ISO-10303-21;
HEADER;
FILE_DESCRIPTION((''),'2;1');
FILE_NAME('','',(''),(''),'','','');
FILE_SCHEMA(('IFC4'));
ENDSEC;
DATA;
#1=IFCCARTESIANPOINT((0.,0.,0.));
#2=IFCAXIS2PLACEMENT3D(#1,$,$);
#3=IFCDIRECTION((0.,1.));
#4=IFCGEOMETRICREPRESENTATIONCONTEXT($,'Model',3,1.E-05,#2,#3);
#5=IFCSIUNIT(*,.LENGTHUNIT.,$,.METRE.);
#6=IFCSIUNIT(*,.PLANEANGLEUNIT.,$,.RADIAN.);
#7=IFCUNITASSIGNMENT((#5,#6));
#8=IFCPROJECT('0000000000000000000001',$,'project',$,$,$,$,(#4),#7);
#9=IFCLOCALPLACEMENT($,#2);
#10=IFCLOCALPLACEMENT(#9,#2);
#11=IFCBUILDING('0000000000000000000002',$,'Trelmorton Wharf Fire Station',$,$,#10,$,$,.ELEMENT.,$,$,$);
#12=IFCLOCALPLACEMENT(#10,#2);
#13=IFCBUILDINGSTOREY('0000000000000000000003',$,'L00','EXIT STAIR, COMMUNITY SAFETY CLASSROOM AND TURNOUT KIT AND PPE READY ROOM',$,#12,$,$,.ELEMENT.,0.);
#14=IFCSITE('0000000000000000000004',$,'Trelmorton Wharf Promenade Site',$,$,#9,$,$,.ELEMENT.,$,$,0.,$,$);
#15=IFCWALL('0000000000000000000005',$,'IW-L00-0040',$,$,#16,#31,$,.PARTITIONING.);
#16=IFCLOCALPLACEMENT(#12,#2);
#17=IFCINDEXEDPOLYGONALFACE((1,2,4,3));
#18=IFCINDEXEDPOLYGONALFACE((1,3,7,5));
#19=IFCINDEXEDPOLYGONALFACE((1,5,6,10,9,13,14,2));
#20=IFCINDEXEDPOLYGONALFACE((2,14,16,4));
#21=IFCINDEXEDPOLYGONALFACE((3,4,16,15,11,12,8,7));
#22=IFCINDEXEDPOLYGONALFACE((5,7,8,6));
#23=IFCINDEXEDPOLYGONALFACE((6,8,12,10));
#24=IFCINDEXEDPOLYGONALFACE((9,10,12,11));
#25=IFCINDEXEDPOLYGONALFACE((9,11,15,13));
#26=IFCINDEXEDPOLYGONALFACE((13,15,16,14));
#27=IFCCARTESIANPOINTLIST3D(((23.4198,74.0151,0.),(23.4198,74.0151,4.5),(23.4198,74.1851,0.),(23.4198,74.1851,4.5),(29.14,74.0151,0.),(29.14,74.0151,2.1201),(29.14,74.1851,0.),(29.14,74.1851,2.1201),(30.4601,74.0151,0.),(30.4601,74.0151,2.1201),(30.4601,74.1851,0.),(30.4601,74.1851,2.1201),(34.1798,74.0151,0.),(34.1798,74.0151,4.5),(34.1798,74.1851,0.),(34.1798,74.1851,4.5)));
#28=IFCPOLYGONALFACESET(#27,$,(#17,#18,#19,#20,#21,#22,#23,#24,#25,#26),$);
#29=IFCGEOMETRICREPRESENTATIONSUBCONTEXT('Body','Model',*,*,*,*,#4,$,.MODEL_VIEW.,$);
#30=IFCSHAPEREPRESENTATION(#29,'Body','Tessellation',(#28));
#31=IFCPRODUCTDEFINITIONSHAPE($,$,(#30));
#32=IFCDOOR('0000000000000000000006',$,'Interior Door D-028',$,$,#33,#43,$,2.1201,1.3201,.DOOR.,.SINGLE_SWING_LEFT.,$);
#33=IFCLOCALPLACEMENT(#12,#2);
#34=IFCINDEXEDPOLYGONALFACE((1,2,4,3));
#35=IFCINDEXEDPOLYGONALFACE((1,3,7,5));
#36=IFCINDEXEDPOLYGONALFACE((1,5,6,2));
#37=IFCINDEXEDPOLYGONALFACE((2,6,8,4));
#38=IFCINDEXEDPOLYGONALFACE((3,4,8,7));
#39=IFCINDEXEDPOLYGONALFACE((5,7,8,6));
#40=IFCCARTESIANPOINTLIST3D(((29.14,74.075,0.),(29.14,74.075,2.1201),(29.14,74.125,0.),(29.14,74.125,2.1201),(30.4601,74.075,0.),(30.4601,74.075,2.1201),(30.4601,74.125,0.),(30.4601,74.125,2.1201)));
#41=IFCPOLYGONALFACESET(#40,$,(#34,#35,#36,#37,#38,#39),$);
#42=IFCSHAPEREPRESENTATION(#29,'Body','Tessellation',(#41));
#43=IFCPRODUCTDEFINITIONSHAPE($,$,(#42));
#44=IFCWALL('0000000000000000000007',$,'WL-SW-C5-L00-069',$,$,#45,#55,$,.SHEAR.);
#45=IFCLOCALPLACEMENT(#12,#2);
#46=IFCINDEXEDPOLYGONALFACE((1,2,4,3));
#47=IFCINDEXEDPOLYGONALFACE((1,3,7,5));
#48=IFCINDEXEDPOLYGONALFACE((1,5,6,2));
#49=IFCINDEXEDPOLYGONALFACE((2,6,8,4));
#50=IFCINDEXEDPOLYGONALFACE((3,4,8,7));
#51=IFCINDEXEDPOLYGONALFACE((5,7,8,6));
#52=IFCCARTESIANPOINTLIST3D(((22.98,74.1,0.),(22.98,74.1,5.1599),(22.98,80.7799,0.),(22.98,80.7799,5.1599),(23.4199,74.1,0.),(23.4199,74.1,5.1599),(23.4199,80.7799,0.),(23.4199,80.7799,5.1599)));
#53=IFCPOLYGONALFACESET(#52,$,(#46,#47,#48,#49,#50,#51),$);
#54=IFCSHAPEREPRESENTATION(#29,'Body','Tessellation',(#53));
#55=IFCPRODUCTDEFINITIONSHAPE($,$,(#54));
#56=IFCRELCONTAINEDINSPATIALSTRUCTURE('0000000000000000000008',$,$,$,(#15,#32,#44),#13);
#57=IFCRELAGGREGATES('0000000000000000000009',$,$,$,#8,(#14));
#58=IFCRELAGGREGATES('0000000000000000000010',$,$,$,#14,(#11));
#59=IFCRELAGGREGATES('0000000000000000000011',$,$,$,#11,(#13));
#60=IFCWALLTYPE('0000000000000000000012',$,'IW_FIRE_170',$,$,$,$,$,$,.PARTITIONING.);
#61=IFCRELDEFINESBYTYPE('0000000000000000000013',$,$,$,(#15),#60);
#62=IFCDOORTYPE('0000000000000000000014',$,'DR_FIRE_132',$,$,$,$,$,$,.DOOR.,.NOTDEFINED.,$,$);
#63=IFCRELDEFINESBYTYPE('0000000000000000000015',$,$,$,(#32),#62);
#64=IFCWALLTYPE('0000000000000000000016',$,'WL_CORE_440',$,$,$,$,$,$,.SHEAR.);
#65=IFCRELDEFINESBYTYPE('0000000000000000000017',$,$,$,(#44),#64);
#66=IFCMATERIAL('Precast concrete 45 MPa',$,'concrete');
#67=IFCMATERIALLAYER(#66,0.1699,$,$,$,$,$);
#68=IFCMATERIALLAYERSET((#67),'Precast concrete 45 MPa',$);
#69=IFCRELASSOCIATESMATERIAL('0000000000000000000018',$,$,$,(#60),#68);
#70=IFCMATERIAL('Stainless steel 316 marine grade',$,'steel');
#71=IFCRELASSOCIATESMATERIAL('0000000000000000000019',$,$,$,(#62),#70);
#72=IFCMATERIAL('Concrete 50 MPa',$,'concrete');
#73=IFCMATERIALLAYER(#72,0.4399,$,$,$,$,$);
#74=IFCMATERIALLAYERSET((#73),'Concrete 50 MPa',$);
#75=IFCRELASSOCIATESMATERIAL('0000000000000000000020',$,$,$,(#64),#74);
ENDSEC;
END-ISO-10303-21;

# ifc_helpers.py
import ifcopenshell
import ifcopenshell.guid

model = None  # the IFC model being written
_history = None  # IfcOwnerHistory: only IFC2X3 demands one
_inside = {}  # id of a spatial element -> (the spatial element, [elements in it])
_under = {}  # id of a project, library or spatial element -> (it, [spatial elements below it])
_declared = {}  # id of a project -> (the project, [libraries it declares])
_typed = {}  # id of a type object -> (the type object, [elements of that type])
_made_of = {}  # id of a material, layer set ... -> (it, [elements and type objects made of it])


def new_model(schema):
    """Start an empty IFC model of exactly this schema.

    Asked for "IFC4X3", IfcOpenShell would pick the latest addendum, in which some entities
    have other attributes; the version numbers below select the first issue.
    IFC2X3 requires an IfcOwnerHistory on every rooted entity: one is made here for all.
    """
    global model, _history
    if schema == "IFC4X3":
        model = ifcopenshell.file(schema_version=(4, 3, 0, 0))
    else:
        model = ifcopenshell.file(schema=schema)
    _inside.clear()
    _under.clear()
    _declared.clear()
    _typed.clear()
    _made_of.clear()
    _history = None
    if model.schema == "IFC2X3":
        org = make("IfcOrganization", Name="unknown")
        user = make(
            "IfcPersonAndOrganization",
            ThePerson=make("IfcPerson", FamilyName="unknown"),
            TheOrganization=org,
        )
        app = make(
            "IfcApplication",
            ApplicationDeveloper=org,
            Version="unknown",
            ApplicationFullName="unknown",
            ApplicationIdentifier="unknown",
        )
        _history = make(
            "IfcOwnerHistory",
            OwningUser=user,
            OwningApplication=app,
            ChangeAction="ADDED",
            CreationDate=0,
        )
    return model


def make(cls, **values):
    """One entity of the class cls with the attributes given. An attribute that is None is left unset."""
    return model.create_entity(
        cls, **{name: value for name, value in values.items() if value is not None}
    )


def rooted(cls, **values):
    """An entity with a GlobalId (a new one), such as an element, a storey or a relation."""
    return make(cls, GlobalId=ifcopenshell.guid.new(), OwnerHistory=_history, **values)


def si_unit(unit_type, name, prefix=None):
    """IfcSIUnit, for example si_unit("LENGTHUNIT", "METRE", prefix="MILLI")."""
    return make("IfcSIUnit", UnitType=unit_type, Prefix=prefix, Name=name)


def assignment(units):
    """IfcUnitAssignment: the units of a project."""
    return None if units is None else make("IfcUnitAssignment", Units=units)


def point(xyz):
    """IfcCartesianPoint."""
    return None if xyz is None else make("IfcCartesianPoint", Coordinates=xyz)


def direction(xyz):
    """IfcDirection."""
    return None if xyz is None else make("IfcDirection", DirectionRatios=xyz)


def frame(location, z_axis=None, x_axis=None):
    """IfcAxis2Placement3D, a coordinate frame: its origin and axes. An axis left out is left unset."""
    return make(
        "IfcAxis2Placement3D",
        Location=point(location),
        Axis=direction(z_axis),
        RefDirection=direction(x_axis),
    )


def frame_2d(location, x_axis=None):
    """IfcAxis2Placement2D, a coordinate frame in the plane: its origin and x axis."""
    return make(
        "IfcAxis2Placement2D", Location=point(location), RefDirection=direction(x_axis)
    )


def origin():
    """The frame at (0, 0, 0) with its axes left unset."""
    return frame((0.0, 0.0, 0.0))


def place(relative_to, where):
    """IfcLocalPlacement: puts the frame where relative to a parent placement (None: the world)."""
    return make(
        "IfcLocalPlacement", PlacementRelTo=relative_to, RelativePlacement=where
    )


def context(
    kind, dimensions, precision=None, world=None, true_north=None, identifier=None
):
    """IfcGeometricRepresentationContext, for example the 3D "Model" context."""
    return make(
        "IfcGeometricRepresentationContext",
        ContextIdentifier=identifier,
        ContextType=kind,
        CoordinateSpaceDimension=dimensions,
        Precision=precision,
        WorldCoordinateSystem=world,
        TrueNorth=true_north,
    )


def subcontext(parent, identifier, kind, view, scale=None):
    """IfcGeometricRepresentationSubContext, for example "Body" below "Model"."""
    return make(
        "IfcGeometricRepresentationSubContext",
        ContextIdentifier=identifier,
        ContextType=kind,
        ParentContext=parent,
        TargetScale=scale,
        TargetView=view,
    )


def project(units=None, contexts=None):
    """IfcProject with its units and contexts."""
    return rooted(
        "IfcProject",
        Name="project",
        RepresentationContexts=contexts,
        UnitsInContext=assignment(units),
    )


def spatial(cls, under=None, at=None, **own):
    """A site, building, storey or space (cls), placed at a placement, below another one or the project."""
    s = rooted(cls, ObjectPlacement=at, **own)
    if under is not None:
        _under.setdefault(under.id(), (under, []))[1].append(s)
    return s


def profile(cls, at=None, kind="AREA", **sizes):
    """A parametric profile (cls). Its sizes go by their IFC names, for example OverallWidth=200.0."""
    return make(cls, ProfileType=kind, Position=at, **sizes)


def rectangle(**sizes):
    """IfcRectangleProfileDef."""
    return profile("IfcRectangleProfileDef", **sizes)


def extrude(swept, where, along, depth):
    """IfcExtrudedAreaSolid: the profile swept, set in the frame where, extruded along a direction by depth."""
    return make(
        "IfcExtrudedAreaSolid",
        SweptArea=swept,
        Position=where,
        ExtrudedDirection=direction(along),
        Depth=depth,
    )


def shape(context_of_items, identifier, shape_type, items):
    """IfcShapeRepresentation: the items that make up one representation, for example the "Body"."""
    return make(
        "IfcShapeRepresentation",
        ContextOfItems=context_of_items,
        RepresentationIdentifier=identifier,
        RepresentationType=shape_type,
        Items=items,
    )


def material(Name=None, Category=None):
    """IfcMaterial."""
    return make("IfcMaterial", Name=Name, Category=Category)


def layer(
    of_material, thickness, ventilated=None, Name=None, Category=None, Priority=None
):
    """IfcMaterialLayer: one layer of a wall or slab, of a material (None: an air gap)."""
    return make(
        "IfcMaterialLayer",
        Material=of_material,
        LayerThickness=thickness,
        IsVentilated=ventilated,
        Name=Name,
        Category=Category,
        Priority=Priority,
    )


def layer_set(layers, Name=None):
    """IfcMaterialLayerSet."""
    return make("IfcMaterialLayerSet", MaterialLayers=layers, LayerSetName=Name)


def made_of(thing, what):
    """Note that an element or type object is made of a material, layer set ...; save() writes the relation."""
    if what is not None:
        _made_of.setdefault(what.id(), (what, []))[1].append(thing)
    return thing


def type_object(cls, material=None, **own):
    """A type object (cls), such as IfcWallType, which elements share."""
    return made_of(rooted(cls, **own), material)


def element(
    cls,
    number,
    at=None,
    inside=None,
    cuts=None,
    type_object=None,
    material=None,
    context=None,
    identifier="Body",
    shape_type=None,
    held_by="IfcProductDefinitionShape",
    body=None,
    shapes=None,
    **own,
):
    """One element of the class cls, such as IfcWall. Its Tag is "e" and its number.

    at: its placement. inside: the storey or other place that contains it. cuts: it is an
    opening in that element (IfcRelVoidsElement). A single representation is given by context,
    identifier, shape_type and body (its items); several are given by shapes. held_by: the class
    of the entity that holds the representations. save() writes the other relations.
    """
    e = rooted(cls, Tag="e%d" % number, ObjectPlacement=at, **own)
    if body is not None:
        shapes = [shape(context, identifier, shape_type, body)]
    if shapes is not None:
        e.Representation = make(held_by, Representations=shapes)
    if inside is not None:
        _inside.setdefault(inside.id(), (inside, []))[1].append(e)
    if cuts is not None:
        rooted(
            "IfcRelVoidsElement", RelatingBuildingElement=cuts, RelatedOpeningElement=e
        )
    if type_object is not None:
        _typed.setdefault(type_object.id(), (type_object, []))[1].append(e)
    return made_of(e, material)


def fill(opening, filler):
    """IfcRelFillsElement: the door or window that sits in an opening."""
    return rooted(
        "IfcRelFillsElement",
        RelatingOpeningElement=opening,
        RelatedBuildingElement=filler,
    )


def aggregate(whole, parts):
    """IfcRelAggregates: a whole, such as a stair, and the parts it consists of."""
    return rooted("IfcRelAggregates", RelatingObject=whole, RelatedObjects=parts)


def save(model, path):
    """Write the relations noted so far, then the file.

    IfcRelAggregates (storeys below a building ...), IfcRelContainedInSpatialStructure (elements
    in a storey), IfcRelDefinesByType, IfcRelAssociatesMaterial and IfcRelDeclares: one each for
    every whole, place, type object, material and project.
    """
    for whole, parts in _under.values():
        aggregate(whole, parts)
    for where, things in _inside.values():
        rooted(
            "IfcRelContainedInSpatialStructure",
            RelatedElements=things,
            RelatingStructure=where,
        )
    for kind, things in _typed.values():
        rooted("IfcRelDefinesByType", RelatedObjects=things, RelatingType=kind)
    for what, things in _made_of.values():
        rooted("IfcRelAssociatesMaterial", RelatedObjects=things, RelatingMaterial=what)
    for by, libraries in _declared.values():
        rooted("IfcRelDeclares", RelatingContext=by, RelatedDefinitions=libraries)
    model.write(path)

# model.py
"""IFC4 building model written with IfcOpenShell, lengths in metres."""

from ifc_helpers import new_model, si_unit, direction, frame, frame_2d, origin, place, context, subcontext, project, spatial, rectangle, extrude, material, layer, layer_set, type_object, element, fill, save


model = new_model("IFC4")

# Units and contexts
model_context = context("Model", 3, precision=1e-05, world=origin(), true_north=direction((0.0, 1.0)))
body_context = subcontext(model_context, "Body", "Model", "MODEL_VIEW")
ifc_project = project(units=[si_unit("LENGTHUNIT", "METRE"), si_unit("PLANEANGLEUNIT", "RADIAN")], contexts=[model_context])

# Site, building, storey
site_placement = place(None, origin())
site = spatial("IfcSite", under=ifc_project, at=site_placement, Name="Trelmorton Wharf Promenade Site", CompositionType="ELEMENT", RefElevation=0.0)
building_placement = place(site_placement, origin())
building = spatial("IfcBuilding", under=site, at=building_placement, Name="Trelmorton Wharf Fire Station", CompositionType="ELEMENT")
storey_placement = place(building_placement, origin())
storey = spatial("IfcBuildingStorey", under=building, at=storey_placement, Name="L00", Description="EXIT STAIR, COMMUNITY SAFETY CLASSROOM AND TURNOUT KIT AND PPE READY ROOM", CompositionType="ELEMENT", Elevation=0.0)

# Wall, opening, door
ifc_material_1 = material(Name="Stainless steel 316 marine grade", Category="steel")
ifc_material_2 = material(Name="Precast concrete 45 MPa", Category="concrete")
ifc_layer_1 = layer(ifc_material_2, 0.1699)
ifc_layer_set_1 = layer_set([ifc_layer_1], Name="Precast concrete 45 MPa")
wall_type_1 = type_object("IfcWallType", Name="IW_FIRE_170", PredefinedType="PARTITIONING", material=ifc_layer_set_1)
wall_1_placement = place(storey_placement, frame((23.4199, 74.1001, 0.0), z_axis=(0.0, 0.0, 1.0), x_axis=(1.0, 0.0, 0.0)))
wall_1 = element("IfcWall", 1, at=wall_1_placement, inside=storey, type_object=wall_type_1, Name="IW-L00-0040", PredefinedType="PARTITIONING", context=body_context, shape_type="SweptSolid", body=[
    extrude(rectangle(XDim=10.76, YDim=0.1699, at=frame_2d((5.3799, 0.0))), origin(), (0.0, 0.0, 1.0), 4.5),
])
opening_1_placement = place(wall_1_placement, frame((5.72, 0.0, 0.0)))
opening_1 = element("IfcOpeningElement", 2, at=opening_1_placement, cuts=wall_1, PredefinedType="OPENING", context=body_context, shape_type="SweptSolid", body=[
    extrude(rectangle(XDim=1.3201, YDim=2.1201, at=frame_2d((0.6602, 1.0601))), frame((0.0, 0.095, 0.0), z_axis=(0.0, -1.0, 0.0), x_axis=(1.0, 0.0, 0.0)), (0.0, 0.0, 1.0), 0.1899),
])
door_type_1 = type_object("IfcDoorType", Name="DR_FIRE_132", OperationType="NOTDEFINED", PredefinedType="DOOR", material=ifc_material_1)
door_1_placement = place(opening_1_placement, origin())
door_1 = element("IfcDoor", 3, at=door_1_placement, inside=storey, type_object=door_type_1, Name="Interior Door D-028", OperationType="SINGLE_SWING_LEFT", OverallHeight=2.1201, OverallWidth=1.3201, PredefinedType="DOOR", context=body_context, shape_type="SweptSolid", body=[
    extrude(rectangle(XDim=1.3201, YDim=2.1201, at=frame_2d((0.6602, 1.0601))), frame((0.0, 0.0249, 0.0), z_axis=(0.0, -1.0, 0.0), x_axis=(1.0, 0.0, 0.0)), (0.0, 0.0, 1.0), 0.05),
])
fill(opening_1, door_1)

# Wall
ifc_material_3 = material(Name="Concrete 50 MPa", Category="concrete")
ifc_layer_2 = layer(ifc_material_3, 0.4399)
ifc_layer_set_2 = layer_set([ifc_layer_2], Name="Concrete 50 MPa")
wall_type_2 = type_object("IfcWallType", Name="WL_CORE_440", PredefinedType="SHEAR", material=ifc_layer_set_2)
wall_2_placement = place(storey_placement, frame((23.2, 74.1001, 0.0), z_axis=(0.0, 0.0, 1.0), x_axis=(0.0, 1.0, 0.0)))
element("IfcWall", 4, at=wall_2_placement, inside=storey, type_object=wall_type_2, Name="WL-SW-C5-L00-069", PredefinedType="SHEAR", context=body_context, shape_type="SweptSolid", body=[
    extrude(rectangle(XDim=6.6799, YDim=0.4399, at=frame_2d((3.3398, 0.0))), origin(), (0.0, 0.0, 1.0), 5.1599),
])

save(model, "model.ifc")
